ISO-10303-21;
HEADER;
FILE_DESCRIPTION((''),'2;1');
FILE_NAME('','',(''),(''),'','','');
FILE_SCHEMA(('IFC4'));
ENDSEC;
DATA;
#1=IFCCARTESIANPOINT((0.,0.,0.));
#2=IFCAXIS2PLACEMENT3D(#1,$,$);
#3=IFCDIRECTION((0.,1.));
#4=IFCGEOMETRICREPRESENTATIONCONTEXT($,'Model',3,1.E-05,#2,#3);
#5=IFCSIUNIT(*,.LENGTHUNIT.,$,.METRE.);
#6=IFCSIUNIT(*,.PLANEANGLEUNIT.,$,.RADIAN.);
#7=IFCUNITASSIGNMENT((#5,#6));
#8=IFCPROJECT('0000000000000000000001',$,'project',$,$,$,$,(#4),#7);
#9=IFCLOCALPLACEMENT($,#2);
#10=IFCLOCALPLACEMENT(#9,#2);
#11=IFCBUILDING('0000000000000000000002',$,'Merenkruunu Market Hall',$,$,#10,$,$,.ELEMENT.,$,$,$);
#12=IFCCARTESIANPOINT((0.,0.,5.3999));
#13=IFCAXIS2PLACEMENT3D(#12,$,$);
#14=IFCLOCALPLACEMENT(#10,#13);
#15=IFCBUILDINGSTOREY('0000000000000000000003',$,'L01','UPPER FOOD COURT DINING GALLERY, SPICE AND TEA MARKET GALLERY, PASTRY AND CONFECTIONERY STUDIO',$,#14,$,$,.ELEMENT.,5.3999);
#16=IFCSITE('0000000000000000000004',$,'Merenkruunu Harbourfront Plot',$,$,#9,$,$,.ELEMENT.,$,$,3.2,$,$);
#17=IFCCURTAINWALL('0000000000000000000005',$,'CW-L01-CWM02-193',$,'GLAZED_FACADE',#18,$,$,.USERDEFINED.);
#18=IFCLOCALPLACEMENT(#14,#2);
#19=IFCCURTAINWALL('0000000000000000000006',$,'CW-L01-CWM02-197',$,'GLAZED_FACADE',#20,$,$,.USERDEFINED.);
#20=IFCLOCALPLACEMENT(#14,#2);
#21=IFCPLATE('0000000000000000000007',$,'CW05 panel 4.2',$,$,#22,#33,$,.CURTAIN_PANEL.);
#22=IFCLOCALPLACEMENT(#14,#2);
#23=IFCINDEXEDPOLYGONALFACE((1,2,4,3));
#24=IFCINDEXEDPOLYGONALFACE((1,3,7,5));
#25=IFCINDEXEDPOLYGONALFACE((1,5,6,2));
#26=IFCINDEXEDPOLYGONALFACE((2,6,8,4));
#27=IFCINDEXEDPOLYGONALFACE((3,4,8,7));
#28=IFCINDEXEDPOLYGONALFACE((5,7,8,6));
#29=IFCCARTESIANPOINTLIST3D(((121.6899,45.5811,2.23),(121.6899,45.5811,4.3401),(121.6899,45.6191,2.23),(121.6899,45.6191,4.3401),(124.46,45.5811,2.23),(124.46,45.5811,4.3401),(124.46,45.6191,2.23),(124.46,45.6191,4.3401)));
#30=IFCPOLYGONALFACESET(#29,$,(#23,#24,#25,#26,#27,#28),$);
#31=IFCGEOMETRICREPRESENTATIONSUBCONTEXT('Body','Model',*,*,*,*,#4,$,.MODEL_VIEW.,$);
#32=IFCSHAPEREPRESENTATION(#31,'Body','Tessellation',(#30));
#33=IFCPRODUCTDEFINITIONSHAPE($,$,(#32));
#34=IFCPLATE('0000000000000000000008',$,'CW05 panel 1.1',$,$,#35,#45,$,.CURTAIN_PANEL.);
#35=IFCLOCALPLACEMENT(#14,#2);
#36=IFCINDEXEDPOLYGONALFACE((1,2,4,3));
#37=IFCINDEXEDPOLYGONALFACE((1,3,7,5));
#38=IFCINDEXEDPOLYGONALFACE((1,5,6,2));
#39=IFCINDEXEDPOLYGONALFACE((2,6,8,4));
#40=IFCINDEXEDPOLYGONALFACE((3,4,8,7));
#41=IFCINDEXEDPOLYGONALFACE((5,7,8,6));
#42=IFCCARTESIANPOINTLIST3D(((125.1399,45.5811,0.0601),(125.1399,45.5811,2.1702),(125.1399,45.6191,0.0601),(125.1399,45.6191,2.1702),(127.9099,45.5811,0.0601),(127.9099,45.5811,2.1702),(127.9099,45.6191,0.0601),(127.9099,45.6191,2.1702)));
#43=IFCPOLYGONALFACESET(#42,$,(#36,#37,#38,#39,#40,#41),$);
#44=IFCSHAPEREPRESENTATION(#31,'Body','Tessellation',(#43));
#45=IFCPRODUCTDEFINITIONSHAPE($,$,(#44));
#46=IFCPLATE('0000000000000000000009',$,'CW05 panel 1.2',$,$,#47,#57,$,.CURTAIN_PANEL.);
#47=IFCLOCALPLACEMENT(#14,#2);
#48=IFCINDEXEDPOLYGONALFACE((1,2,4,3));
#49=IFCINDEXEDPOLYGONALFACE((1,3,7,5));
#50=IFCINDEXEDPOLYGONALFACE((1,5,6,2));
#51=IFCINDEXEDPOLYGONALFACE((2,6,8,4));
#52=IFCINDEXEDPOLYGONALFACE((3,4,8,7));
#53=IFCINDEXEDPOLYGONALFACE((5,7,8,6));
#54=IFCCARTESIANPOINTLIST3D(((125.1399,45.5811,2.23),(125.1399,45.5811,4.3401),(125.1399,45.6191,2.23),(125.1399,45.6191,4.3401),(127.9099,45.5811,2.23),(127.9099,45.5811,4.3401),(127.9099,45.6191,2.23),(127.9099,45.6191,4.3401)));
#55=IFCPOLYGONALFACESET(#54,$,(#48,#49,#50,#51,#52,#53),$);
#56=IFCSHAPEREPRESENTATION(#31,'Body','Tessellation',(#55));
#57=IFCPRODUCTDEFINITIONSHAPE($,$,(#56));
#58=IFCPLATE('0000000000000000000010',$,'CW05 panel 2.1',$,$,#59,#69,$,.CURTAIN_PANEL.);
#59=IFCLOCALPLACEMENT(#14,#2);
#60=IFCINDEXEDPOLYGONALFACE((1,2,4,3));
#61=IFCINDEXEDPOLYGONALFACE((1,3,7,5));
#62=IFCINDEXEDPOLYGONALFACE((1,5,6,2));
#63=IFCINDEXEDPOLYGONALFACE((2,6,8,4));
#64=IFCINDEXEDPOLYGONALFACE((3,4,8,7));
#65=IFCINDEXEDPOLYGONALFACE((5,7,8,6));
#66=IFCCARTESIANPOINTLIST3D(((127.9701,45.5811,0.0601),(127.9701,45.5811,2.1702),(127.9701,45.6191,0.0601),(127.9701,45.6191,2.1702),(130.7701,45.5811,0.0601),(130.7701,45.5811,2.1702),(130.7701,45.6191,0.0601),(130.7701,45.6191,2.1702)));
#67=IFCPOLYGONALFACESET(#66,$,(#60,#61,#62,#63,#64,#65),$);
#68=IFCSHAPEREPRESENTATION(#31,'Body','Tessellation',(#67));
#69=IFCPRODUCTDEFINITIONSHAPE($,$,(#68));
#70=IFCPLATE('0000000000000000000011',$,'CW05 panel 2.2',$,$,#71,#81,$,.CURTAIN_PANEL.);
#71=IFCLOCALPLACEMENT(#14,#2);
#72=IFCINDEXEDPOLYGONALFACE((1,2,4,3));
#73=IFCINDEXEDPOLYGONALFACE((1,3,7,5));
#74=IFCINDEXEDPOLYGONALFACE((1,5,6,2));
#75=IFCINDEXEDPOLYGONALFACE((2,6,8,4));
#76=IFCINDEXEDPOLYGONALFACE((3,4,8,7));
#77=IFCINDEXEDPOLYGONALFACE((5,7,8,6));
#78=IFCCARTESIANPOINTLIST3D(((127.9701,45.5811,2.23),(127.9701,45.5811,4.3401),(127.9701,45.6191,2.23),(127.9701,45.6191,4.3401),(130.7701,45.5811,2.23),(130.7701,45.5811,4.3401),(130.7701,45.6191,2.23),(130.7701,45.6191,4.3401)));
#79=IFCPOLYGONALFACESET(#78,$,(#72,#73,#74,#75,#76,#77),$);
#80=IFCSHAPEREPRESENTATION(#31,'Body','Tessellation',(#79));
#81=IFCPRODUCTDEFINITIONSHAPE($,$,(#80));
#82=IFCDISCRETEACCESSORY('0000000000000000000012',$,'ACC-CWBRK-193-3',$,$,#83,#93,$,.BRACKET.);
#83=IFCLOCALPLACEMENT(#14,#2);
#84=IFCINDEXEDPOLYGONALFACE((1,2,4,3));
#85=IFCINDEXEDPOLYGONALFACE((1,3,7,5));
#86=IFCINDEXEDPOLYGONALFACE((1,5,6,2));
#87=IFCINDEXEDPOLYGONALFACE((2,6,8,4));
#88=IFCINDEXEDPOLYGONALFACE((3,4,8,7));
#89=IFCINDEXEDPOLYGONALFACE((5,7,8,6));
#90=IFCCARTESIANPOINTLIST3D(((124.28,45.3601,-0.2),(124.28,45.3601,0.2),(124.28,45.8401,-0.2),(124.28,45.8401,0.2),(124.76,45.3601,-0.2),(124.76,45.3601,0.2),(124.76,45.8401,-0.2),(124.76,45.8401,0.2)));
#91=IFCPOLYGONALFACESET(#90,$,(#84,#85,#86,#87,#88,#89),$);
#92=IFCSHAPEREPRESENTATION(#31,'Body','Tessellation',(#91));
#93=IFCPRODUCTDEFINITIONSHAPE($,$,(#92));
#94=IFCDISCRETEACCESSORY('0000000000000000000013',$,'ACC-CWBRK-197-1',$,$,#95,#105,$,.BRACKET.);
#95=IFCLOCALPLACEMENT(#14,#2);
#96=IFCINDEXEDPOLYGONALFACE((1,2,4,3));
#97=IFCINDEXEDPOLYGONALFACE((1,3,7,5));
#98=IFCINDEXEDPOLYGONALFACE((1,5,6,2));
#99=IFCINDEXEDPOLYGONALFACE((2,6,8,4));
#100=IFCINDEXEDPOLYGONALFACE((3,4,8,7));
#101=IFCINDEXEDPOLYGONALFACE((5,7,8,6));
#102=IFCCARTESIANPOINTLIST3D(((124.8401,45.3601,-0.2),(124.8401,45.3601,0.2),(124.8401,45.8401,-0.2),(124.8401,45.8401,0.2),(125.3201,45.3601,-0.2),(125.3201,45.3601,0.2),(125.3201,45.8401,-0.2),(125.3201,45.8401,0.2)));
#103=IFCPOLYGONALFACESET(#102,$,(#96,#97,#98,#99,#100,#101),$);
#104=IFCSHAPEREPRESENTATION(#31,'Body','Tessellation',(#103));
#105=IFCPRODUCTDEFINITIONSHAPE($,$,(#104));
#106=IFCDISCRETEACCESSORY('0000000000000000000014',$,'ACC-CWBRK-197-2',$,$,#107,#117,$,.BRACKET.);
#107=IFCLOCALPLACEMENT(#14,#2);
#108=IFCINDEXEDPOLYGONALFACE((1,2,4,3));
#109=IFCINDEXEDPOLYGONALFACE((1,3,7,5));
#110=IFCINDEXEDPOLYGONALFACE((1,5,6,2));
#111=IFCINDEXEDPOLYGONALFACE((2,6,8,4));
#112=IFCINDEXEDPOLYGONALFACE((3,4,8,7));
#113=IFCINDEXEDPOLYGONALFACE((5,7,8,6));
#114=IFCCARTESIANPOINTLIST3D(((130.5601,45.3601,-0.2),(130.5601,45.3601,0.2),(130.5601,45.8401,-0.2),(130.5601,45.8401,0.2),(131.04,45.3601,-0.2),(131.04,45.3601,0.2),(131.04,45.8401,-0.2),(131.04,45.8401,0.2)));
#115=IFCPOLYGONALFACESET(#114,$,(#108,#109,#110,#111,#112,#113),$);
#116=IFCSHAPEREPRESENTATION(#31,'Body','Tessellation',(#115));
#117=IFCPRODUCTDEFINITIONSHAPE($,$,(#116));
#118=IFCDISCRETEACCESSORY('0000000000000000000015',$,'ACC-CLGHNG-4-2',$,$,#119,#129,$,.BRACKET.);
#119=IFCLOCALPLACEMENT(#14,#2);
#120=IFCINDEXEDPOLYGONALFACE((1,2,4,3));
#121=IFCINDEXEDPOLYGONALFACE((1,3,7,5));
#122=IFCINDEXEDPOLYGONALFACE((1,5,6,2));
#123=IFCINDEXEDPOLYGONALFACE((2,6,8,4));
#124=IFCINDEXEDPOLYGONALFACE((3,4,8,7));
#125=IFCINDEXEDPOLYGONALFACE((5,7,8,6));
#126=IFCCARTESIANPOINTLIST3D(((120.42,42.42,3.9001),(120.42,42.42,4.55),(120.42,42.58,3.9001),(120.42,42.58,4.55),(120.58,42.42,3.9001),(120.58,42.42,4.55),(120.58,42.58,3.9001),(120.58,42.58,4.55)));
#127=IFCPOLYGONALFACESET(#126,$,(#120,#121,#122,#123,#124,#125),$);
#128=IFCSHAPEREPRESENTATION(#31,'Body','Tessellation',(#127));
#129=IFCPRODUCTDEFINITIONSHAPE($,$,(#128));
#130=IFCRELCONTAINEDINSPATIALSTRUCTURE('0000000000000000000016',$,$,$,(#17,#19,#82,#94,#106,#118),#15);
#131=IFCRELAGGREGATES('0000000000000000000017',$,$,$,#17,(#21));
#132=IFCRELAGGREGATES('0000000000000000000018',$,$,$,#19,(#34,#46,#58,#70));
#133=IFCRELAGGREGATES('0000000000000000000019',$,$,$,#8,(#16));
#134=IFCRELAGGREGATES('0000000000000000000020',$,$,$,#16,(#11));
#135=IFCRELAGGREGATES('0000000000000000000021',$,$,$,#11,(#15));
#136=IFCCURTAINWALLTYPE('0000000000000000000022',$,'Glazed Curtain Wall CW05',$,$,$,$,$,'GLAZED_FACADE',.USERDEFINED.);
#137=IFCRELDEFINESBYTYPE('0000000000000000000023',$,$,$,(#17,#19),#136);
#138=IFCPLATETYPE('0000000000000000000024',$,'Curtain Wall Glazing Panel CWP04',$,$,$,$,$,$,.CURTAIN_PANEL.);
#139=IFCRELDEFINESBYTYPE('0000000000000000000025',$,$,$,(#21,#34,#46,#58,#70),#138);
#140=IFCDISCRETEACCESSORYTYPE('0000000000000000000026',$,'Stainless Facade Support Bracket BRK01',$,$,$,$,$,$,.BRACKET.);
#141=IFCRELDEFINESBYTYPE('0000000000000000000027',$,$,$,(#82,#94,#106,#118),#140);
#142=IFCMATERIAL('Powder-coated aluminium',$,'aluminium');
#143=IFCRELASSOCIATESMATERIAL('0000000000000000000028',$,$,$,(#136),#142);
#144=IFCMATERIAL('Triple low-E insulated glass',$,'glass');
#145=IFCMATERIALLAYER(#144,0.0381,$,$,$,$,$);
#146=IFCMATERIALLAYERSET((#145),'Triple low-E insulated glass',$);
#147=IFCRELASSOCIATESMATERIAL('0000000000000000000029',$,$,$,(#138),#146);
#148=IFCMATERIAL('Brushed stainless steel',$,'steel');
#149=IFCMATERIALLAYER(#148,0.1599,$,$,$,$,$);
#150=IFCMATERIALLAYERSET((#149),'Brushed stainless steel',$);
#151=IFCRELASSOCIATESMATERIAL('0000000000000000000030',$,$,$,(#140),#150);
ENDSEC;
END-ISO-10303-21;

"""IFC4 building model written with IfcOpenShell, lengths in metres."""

from ifc_helpers import new_model, si_unit, direction, frame, origin, origin_2d, place, context, subcontext, project, spatial, rectangle, extrude, material, layer, layer_set, type_object, element, aggregate, save


model = new_model("IFC4")

# Units and contexts
model_context = context("Model", 3, precision=1e-05, world=origin(), true_north=direction((0.0, 1.0)))
body_context = subcontext(model_context, "Body", "Model", "MODEL_VIEW")
ifc_project = project(units=[si_unit("LENGTHUNIT", "METRE"), si_unit("PLANEANGLEUNIT", "RADIAN")], contexts=[model_context])

# Site, building, storey
site_placement = place(None, origin())
site = spatial("IfcSite", under=ifc_project, at=site_placement, Name="Merenkruunu Harbourfront Plot", CompositionType="ELEMENT", RefElevation=3.2)
building_placement = place(site_placement, origin())
building = spatial("IfcBuilding", under=site, at=building_placement, Name="Merenkruunu Market Hall", CompositionType="ELEMENT")
storey_placement = place(building_placement, frame((0.0, 0.0, 5.3999)))
storey = spatial("IfcBuildingStorey", under=building, at=storey_placement, Name="L01", Description="UPPER FOOD COURT DINING GALLERY, SPICE AND TEA MARKET GALLERY, PASTRY AND CONFECTIONERY STUDIO", CompositionType="ELEMENT", Elevation=5.3999)

# Curtain walls
ifc_material_1 = material(Name="Powder-coated aluminium", Category="aluminium")
curtain_wall_type = type_object("IfcCurtainWallType", Name="Glazed Curtain Wall CW05", ElementType="GLAZED_FACADE", PredefinedType="USERDEFINED", material=ifc_material_1)
curtain_wall_1_placement = place(storey_placement, origin())
curtain_wall_1 = element("IfcCurtainWall", 1, at=curtain_wall_1_placement, inside=storey, type_object=curtain_wall_type, Name="CW-L01-CWM02-193", ObjectType="GLAZED_FACADE", PredefinedType="USERDEFINED")
curtain_wall_2_placement = place(storey_placement, origin())
curtain_wall_2 = element("IfcCurtainWall", 2, at=curtain_wall_2_placement, inside=storey, type_object=curtain_wall_type, Name="CW-L01-CWM02-197", ObjectType="GLAZED_FACADE", PredefinedType="USERDEFINED")

# Plates
ifc_material_2 = material(Name="Triple low-E insulated glass", Category="glass")
ifc_layer_1 = layer(ifc_material_2, 0.0381)
ifc_layer_set_1 = layer_set([ifc_layer_1], Name="Triple low-E insulated glass")
plate_type = type_object("IfcPlateType", Name="Curtain Wall Glazing Panel CWP04", PredefinedType="CURTAIN_PANEL", material=ifc_layer_set_1)
plate_1_placement = place(storey_placement, frame((123.075, 45.6001, 2.23), z_axis=(0.0, 0.0, 1.0), x_axis=(1.0, 0.0, 0.0)))
plate_1 = element("IfcPlate", 3, at=plate_1_placement, type_object=plate_type, Name="CW05 panel 4.2", PredefinedType="CURTAIN_PANEL", context=body_context, shape_type="SweptSolid", body=[
    extrude(rectangle(XDim=2.77, YDim=0.0381, at=origin_2d()), origin(), (0.0, 0.0, 1.0), 2.1101),
])
aggregate(curtain_wall_1, [plate_1])
plate_2_placement = place(storey_placement, frame((126.5249, 45.6001, 0.0601), z_axis=(0.0, 0.0, 1.0), x_axis=(1.0, 0.0, 0.0)))
plate_2 = element("IfcPlate", 4, at=plate_2_placement, type_object=plate_type, Name="CW05 panel 1.1", PredefinedType="CURTAIN_PANEL", context=body_context, shape_type="SweptSolid", body=[
    extrude(rectangle(XDim=2.77, YDim=0.0381, at=origin_2d()), origin(), (0.0, 0.0, 1.0), 2.1101),
])
plate_3_placement = place(storey_placement, frame((126.5249, 45.6001, 2.23), z_axis=(0.0, 0.0, 1.0), x_axis=(1.0, 0.0, 0.0)))
plate_3 = element("IfcPlate", 5, at=plate_3_placement, type_object=plate_type, Name="CW05 panel 1.2", PredefinedType="CURTAIN_PANEL", context=body_context, shape_type="SweptSolid", body=[
    extrude(rectangle(XDim=2.77, YDim=0.0381, at=origin_2d()), origin(), (0.0, 0.0, 1.0), 2.1101),
])
plate_4_placement = place(storey_placement, frame((129.3701, 45.6001, 0.0601), z_axis=(0.0, 0.0, 1.0), x_axis=(1.0, 0.0, 0.0)))
plate_4 = element("IfcPlate", 6, at=plate_4_placement, type_object=plate_type, Name="CW05 panel 2.1", PredefinedType="CURTAIN_PANEL", context=body_context, shape_type="SweptSolid", body=[
    extrude(rectangle(XDim=2.8, YDim=0.0381, at=origin_2d()), origin(), (0.0, 0.0, 1.0), 2.1101),
])
plate_5_placement = place(storey_placement, frame((129.3701, 45.6001, 2.23), z_axis=(0.0, 0.0, 1.0), x_axis=(1.0, 0.0, 0.0)))
plate_5 = element("IfcPlate", 7, at=plate_5_placement, type_object=plate_type, Name="CW05 panel 2.2", PredefinedType="CURTAIN_PANEL", context=body_context, shape_type="SweptSolid", body=[
    extrude(rectangle(XDim=2.8, YDim=0.0381, at=origin_2d()), origin(), (0.0, 0.0, 1.0), 2.1101),
])
aggregate(curtain_wall_2, [plate_2, plate_3, plate_4, plate_5])

# Discrete accessories
ifc_material_3 = material(Name="Brushed stainless steel", Category="steel")
ifc_layer_2 = layer(ifc_material_3, 0.1599)
ifc_layer_set_2 = layer_set([ifc_layer_2], Name="Brushed stainless steel")
discrete_accessory_type = type_object("IfcDiscreteAccessoryType", Name="Stainless Facade Support Bracket BRK01", PredefinedType="BRACKET", material=ifc_layer_set_2)
for number, where, z_axis, x_axis, name in (
    (8, (124.52, 45.6001, -0.2), (0.0, 0.0, 1.0), (1.0, 0.0, 0.0), "ACC-CWBRK-193-3"),
    (9, (125.0801, 45.6001, -0.2), (0.0, 0.0, 1.0), (1.0, 0.0, 0.0), "ACC-CWBRK-197-1"),
    (10, (130.8, 45.6001, -0.2), (0.0, 0.0, 1.0), (1.0, 0.0, 0.0), "ACC-CWBRK-197-2"),
):
    element("IfcDiscreteAccessory", number, at=place(storey_placement, frame(where, z_axis=z_axis, x_axis=x_axis)), inside=storey, type_object=discrete_accessory_type, Name=name, PredefinedType="BRACKET", context=body_context, shape_type="SweptSolid", body=[
        extrude(rectangle(XDim=0.48, YDim=0.48, at=origin_2d()), origin(), (0.0, 0.0, 1.0), 0.3999),
    ])
discrete_accessory_placement = place(storey_placement, frame((120.5, 42.5, 3.9001), z_axis=(0.0, 0.0, 1.0), x_axis=(1.0, 0.0, 0.0)))
element("IfcDiscreteAccessory", 11, at=discrete_accessory_placement, inside=storey, type_object=discrete_accessory_type, Name="ACC-CLGHNG-4-2", PredefinedType="BRACKET", context=body_context, shape_type="SweptSolid", body=[
    extrude(rectangle(XDim=0.1599, YDim=0.1599, at=origin_2d()), origin(), (0.0, 0.0, 1.0), 0.6499),
])

save(model, "model.ifc")
